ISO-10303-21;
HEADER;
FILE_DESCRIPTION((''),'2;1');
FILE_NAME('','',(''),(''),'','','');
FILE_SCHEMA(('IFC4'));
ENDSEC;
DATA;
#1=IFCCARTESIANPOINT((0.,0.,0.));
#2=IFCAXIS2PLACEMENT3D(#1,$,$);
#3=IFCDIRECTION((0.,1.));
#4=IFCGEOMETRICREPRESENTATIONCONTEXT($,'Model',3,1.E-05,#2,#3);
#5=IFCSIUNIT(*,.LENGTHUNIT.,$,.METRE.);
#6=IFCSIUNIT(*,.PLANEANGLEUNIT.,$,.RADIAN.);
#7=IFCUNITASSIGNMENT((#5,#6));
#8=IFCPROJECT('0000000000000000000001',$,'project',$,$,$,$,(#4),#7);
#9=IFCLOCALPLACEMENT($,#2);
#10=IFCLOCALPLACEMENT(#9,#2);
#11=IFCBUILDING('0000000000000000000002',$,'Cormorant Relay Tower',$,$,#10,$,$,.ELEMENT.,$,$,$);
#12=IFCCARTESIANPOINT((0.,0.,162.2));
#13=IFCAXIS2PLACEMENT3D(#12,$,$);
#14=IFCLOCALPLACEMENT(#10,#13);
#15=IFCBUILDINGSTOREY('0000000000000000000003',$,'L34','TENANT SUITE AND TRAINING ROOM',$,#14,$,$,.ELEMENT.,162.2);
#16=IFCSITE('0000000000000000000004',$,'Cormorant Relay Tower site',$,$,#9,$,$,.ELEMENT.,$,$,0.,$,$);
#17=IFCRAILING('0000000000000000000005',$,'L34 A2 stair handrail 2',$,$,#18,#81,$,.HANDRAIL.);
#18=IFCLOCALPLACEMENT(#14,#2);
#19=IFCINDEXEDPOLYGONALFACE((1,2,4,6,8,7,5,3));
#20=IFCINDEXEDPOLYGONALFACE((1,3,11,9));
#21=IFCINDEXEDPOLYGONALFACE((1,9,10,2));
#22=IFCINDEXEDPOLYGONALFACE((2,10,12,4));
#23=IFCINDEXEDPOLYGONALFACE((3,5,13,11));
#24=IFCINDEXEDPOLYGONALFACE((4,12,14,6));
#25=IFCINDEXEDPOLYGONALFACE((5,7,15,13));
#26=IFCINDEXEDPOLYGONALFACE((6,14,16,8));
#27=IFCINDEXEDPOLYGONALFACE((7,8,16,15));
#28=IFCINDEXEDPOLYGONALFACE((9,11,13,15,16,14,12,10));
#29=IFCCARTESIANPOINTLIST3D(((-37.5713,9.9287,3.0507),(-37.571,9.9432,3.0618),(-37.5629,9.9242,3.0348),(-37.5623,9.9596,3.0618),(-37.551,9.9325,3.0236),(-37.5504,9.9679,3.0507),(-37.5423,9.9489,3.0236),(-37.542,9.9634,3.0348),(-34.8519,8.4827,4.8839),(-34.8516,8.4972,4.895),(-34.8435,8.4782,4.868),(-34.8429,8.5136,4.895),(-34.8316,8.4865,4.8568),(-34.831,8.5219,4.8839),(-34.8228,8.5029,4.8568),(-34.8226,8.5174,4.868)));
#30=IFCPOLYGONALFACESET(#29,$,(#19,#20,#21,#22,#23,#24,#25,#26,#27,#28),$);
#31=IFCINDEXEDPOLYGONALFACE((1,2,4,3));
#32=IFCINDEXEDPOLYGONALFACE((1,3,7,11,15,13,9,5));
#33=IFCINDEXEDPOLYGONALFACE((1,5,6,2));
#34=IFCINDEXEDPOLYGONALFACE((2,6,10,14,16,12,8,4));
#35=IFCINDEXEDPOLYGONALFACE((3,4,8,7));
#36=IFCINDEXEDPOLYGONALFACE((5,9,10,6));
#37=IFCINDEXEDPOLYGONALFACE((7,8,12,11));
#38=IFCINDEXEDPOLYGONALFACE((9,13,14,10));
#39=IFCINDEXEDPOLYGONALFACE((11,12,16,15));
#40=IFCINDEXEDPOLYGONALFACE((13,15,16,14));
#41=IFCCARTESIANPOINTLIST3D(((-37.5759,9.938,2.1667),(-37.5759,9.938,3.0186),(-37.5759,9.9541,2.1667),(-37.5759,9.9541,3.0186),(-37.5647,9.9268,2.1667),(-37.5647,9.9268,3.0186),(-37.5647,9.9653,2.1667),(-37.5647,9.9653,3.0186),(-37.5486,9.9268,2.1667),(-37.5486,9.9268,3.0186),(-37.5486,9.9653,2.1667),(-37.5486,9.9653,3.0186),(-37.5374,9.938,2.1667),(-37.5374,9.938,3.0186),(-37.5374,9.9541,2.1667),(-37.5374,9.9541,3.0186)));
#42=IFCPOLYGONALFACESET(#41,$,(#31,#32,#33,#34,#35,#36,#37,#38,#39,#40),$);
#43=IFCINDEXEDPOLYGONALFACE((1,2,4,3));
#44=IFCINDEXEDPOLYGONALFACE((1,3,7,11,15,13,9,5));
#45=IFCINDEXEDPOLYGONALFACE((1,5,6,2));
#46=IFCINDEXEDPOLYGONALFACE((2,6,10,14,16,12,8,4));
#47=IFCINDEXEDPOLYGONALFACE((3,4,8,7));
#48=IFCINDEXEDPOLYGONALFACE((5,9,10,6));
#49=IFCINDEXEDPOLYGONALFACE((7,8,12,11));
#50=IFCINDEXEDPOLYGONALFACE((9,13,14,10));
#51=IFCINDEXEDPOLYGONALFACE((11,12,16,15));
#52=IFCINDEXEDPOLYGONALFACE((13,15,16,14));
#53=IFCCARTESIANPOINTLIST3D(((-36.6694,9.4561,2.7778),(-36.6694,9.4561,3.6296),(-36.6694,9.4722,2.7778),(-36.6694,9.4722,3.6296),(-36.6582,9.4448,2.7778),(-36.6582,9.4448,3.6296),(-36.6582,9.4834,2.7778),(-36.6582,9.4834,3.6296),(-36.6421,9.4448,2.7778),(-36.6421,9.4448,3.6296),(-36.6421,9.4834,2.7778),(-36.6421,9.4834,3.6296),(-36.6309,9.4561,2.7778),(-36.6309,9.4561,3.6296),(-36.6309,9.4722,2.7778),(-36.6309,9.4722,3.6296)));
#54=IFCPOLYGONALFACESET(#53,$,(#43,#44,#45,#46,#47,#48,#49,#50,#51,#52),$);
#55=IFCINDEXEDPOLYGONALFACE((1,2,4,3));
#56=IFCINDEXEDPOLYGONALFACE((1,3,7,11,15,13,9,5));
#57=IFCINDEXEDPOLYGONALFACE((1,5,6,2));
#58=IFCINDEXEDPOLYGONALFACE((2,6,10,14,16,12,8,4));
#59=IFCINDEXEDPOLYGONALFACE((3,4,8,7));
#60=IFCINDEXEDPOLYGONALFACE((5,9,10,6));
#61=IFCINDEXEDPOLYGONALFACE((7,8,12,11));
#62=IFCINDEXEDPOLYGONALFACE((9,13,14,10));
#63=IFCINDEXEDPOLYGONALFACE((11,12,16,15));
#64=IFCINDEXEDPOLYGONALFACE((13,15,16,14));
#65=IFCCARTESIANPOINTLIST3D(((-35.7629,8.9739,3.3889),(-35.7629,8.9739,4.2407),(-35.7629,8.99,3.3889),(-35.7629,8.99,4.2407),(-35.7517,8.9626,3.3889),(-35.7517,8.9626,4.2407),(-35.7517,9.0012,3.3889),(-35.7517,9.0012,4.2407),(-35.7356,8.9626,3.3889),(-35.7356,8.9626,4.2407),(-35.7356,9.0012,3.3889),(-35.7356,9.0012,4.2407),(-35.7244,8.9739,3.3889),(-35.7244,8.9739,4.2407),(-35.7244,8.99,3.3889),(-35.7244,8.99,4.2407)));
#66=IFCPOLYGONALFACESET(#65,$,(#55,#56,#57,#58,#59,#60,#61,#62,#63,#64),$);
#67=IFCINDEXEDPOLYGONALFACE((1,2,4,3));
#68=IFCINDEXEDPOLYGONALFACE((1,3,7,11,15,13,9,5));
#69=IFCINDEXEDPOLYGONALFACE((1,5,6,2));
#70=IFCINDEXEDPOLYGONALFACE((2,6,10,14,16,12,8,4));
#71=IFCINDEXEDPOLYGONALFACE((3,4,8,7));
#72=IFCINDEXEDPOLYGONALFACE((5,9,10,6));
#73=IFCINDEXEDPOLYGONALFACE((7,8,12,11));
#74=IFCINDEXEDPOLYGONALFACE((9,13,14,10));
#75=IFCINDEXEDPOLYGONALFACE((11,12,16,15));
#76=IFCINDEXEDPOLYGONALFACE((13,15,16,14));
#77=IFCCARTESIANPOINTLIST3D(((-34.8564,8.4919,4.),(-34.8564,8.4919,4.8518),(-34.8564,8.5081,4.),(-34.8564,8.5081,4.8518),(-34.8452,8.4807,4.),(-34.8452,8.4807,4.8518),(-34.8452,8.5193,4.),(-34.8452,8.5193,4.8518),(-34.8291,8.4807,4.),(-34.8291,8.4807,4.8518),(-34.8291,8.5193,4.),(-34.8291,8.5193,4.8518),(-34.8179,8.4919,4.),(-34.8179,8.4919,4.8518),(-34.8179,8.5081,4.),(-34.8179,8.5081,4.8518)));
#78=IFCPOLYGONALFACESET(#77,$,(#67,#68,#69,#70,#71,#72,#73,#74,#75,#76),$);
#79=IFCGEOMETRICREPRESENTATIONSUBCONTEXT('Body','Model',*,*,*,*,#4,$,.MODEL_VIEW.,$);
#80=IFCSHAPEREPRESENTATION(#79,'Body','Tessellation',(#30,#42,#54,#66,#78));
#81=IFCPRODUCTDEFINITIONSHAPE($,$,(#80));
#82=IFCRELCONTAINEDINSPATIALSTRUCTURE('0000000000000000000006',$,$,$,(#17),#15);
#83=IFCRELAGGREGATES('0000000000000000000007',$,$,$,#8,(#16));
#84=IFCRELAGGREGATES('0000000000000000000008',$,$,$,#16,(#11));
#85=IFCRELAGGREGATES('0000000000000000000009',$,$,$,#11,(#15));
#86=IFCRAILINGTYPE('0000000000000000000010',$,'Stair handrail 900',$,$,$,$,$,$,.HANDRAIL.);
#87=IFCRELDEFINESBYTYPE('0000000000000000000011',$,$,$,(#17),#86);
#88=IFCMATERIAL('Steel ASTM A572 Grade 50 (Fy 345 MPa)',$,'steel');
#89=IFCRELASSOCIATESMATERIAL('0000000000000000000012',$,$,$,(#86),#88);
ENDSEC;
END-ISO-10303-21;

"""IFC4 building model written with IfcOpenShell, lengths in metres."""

from ifc_helpers import new_model, si_unit, direction, frame, origin, place, context, subcontext, project, spatial, polyline, outline, extrude, material, type_object, element, save


model = new_model("IFC4")

# Units and contexts
model_context = context("Model", 3, precision=1e-05, world=origin(), true_north=direction((0.0, 1.0)))
body_context = subcontext(model_context, "Body", "Model", "MODEL_VIEW")
ifc_project = project(units=[si_unit("LENGTHUNIT", "METRE"), si_unit("PLANEANGLEUNIT", "RADIAN")], contexts=[model_context])

# Site, building, storey
site_placement = place(None, origin())
site = spatial("IfcSite", under=ifc_project, at=site_placement, Name="Cormorant Relay Tower site", CompositionType="ELEMENT", RefElevation=0.0)
building_placement = place(site_placement, origin())
building = spatial("IfcBuilding", under=site, at=building_placement, Name="Cormorant Relay Tower", CompositionType="ELEMENT")
storey_placement = place(building_placement, frame((0.0, 0.0, 162.2)))
storey = spatial("IfcBuildingStorey", under=building, at=storey_placement, Name="L34", Description="TENANT SUITE AND TRAINING ROOM", CompositionType="ELEMENT", Elevation=162.2)

# Railing
ifc_material_1 = material(Name="Steel ASTM A572 Grade 50 (Fy 345 MPa)", Category="steel")
railing_type_1 = type_object("IfcRailingType", Name="Stair handrail 900", PredefinedType="HANDRAIL", material=ifc_material_1)
railing_1_placement = place(storey_placement, frame((-37.5566, 9.946, 2.1667)))
element("IfcRailing", 1, at=railing_1_placement, inside=storey, type_object=railing_type_1, Name="L34 A2 stair handrail 2", PredefinedType="HANDRAIL", context=body_context, shape_type="SweptSolid", body=[
    extrude(outline(polyline([(0.0222, 0.0093), (0.0093, 0.0222), (-0.0093, 0.0222), (-0.0222, 0.0093), (-0.0222, -0.0093), (-0.0093, -0.0222), (0.0093, -0.0222), (0.0222, -0.0093), (0.0222, 0.0093)])), frame((0.0, 0.0, 0.876), z_axis=(0.758714, -0.403435, 0.511463), x_axis=(0.469489, 0.882938, 0.0)), (0.0, 0.0, 1.0), 3.5842),
    extrude(outline(polyline([(0.0193, 0.0081), (0.0081, 0.0193), (-0.0081, 0.0193), (-0.0193, 0.0081), (-0.0193, -0.0081), (-0.0081, -0.0193), (0.0081, -0.0193), (0.0193, -0.0081), (0.0193, 0.0081)])), origin(), (0.0, 0.0, 1.0), 0.8518),
    extrude(outline(polyline([(0.0193, 0.0081), (0.0081, 0.0193), (-0.0081, 0.0193), (-0.0193, 0.0081), (-0.0193, -0.0081), (-0.0081, -0.0193), (0.0081, -0.0193), (0.0193, -0.0081), (0.0193, 0.0081)])), frame((0.9065, -0.4819, 0.6111)), (0.0, 0.0, 1.0), 0.8518),
    extrude(outline(polyline([(0.0193, 0.0081), (0.0081, 0.0193), (-0.0081, 0.0193), (-0.0193, 0.0081), (-0.0193, -0.0081), (-0.0081, -0.0193), (0.0081, -0.0193), (0.0193, -0.0081), (0.0193, 0.0081)])), frame((1.813, -0.9641, 1.2222)), (0.0, 0.0, 1.0), 0.8518),
    extrude(outline(polyline([(0.0193, 0.0081), (0.0081, 0.0193), (-0.0081, 0.0193), (-0.0193, 0.0081), (-0.0193, -0.0081), (-0.0081, -0.0193), (0.0081, -0.0193), (0.0193, -0.0081), (0.0193, 0.0081)])), frame((2.7195, -1.446, 1.8333)), (0.0, 0.0, 1.0), 0.8518),
])

save(model, "model.ifc")
